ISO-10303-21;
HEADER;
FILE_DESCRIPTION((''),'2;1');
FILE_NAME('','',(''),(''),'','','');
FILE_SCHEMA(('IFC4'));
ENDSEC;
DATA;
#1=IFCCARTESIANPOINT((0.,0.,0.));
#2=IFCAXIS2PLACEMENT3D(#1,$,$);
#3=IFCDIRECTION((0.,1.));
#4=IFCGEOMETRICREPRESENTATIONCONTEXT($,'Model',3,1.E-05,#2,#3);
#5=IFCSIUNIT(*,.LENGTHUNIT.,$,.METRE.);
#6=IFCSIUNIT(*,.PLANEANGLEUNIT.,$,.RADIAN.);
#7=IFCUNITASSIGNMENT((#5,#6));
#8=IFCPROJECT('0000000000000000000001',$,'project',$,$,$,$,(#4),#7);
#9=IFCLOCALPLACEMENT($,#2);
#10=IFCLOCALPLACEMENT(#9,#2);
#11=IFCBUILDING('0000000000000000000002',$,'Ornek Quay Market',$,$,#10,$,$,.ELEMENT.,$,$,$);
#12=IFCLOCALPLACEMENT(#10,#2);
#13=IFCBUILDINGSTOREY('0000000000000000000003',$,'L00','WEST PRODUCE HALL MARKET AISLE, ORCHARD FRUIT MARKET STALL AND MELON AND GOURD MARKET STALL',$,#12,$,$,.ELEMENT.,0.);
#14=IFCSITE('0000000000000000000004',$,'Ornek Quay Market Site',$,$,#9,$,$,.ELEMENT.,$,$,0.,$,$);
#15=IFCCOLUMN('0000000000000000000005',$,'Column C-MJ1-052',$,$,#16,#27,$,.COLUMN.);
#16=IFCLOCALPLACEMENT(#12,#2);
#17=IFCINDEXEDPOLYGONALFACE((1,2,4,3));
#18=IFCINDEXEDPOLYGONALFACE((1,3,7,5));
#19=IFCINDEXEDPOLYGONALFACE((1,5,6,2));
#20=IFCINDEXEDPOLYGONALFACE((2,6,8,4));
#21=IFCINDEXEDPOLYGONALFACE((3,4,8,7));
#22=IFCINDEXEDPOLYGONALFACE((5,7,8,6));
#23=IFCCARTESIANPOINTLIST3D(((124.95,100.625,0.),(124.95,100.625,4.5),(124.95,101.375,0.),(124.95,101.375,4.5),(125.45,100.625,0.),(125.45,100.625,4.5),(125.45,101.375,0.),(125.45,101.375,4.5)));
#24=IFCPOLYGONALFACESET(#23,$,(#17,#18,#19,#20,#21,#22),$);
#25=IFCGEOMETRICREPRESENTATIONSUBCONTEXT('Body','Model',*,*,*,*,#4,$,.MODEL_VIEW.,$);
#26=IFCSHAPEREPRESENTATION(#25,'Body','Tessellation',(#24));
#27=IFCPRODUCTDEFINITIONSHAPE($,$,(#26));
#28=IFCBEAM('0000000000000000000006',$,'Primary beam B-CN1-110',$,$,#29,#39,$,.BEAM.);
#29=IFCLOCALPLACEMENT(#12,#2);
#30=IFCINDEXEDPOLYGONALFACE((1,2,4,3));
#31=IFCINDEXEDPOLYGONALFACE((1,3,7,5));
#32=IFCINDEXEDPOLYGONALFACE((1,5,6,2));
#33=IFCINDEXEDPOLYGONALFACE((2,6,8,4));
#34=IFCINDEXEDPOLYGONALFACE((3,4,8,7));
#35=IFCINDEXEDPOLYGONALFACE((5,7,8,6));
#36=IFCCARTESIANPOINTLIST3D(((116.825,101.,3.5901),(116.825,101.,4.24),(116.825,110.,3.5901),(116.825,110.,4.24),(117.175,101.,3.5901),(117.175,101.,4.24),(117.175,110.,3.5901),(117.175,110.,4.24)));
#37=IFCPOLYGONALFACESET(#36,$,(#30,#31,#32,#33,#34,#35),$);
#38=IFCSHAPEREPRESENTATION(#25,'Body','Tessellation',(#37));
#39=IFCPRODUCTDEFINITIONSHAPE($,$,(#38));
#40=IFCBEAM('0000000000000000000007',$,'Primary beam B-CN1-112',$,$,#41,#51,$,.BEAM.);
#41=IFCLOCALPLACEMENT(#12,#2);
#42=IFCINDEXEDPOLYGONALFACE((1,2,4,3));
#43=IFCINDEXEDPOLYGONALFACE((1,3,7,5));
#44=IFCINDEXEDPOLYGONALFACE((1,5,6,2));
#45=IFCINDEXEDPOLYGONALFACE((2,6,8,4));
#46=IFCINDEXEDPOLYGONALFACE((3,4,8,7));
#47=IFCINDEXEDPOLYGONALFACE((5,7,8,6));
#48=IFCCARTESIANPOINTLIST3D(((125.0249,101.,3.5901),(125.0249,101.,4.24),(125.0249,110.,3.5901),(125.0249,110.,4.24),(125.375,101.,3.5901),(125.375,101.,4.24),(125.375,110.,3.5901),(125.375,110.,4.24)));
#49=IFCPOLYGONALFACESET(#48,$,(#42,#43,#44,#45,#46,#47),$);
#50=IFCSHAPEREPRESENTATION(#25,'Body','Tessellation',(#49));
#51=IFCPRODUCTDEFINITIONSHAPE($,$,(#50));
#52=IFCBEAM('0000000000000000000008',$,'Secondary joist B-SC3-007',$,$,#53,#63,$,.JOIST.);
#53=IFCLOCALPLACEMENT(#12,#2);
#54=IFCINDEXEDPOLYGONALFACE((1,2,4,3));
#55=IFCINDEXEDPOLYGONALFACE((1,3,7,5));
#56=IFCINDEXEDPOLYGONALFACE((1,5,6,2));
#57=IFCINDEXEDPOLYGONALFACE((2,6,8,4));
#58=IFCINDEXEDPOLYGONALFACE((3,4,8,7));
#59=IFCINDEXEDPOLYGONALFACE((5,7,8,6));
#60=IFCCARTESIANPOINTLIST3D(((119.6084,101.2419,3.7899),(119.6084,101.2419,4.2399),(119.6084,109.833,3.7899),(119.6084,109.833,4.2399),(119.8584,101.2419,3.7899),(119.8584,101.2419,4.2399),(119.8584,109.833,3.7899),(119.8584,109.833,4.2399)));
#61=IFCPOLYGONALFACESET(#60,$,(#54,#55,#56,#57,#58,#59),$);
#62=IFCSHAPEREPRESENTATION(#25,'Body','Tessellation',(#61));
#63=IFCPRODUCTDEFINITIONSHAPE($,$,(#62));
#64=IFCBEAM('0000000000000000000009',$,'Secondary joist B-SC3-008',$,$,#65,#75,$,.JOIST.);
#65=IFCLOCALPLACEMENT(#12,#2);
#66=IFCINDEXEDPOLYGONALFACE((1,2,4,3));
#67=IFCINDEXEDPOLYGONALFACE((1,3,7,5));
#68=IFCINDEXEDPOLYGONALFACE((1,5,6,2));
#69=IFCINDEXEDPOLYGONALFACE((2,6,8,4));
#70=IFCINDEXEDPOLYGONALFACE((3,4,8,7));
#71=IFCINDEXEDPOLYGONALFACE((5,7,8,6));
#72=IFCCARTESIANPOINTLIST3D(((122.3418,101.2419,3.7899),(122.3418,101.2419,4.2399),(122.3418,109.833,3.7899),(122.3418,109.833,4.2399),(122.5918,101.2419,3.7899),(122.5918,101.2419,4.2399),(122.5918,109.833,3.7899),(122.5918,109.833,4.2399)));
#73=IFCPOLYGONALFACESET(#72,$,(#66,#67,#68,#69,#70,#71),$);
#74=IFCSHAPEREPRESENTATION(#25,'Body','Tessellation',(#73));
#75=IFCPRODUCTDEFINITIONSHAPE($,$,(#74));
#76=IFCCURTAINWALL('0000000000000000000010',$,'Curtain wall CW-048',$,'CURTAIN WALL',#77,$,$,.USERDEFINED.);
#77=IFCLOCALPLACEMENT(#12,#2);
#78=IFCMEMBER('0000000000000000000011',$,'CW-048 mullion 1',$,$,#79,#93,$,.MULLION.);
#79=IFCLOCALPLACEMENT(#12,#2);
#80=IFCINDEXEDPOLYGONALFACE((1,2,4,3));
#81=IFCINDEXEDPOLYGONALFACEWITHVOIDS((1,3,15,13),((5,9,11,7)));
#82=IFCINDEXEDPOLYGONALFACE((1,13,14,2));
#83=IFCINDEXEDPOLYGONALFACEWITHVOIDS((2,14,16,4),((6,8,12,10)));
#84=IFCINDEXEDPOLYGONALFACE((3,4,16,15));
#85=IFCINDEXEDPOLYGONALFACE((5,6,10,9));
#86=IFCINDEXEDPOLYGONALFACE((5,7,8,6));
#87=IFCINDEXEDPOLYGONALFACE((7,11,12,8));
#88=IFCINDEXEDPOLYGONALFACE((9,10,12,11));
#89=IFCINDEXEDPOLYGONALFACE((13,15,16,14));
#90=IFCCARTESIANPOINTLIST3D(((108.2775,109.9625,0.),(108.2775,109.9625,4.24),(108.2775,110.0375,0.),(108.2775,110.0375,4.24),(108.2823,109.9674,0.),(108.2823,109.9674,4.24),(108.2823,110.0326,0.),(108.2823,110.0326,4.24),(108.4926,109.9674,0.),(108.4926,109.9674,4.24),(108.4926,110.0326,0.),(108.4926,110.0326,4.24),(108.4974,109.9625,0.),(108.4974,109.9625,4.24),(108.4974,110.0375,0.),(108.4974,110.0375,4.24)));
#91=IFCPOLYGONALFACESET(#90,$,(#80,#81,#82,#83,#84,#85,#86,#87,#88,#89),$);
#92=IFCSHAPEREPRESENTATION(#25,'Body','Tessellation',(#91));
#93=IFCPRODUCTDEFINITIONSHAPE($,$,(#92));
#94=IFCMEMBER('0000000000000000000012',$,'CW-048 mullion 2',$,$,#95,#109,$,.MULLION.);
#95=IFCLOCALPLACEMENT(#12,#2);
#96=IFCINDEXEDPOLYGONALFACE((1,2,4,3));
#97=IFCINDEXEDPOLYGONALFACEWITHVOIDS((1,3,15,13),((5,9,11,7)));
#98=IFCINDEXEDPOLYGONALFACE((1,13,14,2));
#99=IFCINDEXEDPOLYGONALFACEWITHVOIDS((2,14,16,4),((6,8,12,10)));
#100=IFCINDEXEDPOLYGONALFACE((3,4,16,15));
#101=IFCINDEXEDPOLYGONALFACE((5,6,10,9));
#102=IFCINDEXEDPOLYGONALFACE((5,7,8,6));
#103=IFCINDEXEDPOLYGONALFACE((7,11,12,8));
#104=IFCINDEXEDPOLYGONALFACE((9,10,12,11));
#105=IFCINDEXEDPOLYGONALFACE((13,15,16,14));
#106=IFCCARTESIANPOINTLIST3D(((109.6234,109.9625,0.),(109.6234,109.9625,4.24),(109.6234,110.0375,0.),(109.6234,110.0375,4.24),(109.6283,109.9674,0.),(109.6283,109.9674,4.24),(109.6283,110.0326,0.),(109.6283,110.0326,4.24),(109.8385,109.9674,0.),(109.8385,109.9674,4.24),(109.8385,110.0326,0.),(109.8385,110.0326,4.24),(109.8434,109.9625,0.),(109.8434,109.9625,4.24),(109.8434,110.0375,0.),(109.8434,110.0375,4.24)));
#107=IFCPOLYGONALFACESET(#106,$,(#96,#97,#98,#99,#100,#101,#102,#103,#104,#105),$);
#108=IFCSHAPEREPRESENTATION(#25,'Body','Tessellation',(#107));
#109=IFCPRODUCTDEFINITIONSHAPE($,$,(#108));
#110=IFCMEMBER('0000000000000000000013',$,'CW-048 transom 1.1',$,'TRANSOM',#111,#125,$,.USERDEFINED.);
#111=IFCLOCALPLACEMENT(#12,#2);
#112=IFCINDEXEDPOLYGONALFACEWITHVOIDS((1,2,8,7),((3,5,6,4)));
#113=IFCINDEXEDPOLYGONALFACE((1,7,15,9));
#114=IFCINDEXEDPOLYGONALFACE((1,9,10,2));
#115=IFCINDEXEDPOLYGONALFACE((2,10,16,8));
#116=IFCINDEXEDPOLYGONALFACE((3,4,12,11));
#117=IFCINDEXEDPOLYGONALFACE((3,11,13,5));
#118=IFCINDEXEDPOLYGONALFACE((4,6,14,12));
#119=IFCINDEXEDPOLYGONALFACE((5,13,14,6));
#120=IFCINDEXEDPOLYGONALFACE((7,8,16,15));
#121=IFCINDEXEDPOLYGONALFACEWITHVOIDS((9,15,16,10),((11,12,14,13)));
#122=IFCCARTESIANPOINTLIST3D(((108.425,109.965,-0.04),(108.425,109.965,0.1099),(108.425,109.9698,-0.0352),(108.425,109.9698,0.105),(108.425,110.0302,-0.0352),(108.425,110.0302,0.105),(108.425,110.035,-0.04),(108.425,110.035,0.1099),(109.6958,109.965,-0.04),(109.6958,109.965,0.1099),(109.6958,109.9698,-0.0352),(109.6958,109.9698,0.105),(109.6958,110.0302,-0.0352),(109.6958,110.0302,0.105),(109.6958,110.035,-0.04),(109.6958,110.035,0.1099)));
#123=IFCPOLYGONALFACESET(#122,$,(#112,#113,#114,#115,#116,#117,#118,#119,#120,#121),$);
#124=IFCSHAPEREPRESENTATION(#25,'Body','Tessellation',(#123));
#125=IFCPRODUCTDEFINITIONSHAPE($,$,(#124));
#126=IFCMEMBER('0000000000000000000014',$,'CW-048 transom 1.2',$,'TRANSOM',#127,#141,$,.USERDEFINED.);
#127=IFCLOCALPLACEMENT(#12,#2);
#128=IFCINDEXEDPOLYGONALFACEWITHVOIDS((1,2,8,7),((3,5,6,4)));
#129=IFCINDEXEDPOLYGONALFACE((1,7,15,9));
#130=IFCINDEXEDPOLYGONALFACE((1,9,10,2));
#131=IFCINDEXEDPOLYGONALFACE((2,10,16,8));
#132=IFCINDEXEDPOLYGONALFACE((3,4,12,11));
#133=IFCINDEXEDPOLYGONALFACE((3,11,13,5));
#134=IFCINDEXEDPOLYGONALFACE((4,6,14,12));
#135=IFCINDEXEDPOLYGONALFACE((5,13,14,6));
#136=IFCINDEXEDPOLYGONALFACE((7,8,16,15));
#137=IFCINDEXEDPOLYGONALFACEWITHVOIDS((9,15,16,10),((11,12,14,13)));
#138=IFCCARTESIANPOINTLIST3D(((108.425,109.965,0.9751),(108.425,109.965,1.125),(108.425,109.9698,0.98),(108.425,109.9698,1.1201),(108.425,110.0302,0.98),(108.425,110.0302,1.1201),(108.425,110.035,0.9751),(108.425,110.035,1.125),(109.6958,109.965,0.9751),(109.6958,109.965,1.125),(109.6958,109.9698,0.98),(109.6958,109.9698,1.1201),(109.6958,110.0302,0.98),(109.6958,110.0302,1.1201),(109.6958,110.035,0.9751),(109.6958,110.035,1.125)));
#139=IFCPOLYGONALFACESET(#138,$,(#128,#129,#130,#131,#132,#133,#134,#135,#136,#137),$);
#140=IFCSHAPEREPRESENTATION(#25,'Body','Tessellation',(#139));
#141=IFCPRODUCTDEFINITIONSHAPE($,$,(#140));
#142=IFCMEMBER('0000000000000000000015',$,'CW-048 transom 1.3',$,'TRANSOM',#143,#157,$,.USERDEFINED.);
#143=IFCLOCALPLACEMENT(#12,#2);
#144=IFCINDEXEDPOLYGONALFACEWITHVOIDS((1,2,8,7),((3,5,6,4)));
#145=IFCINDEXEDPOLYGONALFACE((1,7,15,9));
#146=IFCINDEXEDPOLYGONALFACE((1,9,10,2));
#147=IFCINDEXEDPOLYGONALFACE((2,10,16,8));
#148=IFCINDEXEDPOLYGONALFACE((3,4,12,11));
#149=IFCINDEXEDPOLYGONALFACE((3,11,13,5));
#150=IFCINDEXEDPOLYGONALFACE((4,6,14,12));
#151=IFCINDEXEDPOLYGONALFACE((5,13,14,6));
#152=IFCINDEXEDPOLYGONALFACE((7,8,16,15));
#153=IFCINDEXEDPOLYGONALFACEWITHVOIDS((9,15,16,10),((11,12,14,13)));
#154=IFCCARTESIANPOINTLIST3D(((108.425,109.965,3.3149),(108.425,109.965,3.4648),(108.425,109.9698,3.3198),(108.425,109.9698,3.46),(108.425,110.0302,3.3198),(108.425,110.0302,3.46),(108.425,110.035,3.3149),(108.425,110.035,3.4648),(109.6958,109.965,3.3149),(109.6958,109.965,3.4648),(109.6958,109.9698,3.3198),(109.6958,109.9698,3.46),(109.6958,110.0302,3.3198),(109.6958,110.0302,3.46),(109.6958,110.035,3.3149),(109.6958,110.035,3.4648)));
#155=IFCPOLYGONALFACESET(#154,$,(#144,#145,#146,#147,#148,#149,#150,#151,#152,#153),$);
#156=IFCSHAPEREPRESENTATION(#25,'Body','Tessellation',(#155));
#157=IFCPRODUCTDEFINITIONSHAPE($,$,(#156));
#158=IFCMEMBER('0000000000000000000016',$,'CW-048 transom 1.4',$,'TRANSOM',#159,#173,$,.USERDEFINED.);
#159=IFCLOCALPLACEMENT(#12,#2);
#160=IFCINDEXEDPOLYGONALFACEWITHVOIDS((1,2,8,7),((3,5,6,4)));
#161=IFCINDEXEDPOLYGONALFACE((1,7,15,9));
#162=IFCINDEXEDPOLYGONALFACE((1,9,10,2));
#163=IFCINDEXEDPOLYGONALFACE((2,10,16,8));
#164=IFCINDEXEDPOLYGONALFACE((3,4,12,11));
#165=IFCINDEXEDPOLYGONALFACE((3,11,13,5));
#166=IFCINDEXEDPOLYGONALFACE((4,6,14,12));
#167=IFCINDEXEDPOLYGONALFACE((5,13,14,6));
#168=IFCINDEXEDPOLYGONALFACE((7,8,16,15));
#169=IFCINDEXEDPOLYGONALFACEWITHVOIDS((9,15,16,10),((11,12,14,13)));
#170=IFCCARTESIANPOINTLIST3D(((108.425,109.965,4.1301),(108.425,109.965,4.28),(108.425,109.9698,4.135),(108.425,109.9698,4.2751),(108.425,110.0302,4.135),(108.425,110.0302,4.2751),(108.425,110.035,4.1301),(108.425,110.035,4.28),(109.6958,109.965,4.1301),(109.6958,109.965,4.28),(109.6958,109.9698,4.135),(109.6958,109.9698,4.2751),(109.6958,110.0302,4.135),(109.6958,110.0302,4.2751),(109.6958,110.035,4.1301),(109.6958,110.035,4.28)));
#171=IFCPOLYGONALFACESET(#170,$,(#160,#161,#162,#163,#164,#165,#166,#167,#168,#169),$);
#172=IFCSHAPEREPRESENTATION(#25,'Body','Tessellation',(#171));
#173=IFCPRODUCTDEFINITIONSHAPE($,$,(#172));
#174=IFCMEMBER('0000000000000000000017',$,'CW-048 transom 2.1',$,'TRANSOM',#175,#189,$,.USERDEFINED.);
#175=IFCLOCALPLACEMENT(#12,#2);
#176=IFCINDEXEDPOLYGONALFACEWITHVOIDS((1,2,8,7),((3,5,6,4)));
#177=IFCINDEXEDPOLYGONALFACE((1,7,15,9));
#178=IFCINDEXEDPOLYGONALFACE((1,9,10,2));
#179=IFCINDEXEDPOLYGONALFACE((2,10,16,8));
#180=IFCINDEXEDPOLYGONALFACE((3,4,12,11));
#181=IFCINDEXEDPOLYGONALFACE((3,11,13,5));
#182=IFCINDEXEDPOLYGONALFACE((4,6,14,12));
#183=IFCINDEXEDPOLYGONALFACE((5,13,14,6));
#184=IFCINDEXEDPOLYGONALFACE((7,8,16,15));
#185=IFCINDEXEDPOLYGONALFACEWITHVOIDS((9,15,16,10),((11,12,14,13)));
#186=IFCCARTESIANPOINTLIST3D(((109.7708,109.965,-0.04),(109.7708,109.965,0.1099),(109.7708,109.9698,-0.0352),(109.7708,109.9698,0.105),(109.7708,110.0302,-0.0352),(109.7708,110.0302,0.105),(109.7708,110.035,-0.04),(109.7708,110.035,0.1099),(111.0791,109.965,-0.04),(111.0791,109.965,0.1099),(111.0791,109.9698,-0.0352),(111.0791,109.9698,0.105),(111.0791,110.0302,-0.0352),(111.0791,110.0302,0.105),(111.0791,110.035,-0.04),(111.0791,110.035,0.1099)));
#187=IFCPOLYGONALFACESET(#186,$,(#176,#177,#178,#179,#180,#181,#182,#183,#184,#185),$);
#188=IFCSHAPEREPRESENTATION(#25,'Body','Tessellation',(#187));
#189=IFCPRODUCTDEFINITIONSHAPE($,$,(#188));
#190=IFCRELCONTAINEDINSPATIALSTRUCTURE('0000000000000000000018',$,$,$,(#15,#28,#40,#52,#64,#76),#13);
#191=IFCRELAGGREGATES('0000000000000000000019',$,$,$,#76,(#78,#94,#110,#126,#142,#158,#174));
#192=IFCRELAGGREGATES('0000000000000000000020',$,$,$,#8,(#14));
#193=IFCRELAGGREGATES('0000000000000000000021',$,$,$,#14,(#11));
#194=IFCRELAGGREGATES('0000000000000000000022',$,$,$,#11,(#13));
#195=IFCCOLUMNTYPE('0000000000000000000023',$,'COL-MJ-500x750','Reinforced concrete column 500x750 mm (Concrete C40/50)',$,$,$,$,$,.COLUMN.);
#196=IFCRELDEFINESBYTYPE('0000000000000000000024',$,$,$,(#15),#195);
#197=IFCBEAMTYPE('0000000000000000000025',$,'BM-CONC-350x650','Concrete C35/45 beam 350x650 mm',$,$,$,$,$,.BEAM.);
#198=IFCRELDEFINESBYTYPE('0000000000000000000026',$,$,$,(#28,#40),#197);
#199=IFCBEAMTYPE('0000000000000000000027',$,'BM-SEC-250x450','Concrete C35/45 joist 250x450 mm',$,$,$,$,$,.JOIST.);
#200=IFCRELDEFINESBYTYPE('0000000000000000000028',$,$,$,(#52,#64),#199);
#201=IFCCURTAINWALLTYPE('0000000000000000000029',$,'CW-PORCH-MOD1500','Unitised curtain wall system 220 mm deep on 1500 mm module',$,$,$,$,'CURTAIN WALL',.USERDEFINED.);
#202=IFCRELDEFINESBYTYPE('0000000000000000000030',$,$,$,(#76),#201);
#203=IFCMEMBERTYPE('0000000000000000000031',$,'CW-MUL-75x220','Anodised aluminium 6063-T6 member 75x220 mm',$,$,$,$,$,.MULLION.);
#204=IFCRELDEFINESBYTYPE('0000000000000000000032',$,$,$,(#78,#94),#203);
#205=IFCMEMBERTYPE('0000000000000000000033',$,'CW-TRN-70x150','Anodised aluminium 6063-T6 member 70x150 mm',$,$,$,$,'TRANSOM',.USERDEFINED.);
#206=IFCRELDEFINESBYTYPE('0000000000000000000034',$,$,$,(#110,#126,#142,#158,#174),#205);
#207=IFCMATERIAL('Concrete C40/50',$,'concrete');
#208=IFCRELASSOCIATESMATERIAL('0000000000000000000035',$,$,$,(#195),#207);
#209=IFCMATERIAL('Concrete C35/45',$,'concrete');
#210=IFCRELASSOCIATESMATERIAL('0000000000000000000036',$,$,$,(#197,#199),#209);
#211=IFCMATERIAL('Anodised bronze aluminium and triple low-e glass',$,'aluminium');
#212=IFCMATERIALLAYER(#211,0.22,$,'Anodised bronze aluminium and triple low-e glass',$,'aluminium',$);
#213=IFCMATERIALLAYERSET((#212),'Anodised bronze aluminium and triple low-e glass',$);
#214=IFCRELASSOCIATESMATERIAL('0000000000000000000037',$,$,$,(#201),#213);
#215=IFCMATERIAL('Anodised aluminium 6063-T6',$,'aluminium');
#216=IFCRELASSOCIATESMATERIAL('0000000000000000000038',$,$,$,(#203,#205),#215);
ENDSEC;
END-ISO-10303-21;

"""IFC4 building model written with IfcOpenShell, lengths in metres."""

from ifc_helpers import new_model, si_unit, direction, frame, origin, origin_2d, place, context, subcontext, project, spatial, rectangle, hollow_rectangle, extrude, material, layer, layer_set, material_profile, profile_set, type_object, element, aggregate, save


model = new_model("IFC4")

# Units and contexts
model_context = context("Model", 3, precision=1e-05, world=origin(), true_north=direction((0.0, 1.0)))
body_context = subcontext(model_context, "Body", "Model", "MODEL_VIEW")
ifc_project = project(units=[si_unit("LENGTHUNIT", "METRE"), si_unit("PLANEANGLEUNIT", "RADIAN")], contexts=[model_context])

# Site, building, storey
site_placement = place(None, origin())
site = spatial("IfcSite", under=ifc_project, at=site_placement, Name="Ornek Quay Market Site", CompositionType="ELEMENT", RefElevation=0.0)
building_placement = place(site_placement, origin())
building = spatial("IfcBuilding", under=site, at=building_placement, Name="Ornek Quay Market", CompositionType="ELEMENT")
storey_placement = place(building_placement, origin())
storey = spatial("IfcBuildingStorey", under=building, at=storey_placement, Name="L00", Description="WEST PRODUCE HALL MARKET AISLE, ORCHARD FRUIT MARKET STALL AND MELON AND GOURD MARKET STALL", CompositionType="ELEMENT", Elevation=0.0)

# Column
ifc_material_1 = material(Name="Concrete C40/50", Category="concrete")
ifc_material_profile_1 = material_profile(ifc_material_1, rectangle(XDim=0.5, YDim=0.75, at=origin_2d()), Name="RC 500x750", Category="concrete")
ifc_profile_set_1 = profile_set([ifc_material_profile_1], Name="Concrete C40/50")
column_type = type_object("IfcColumnType", Name="COL-MJ-500x750", Description="Reinforced concrete column 500x750 mm (Concrete C40/50)", PredefinedType="COLUMN", material=ifc_profile_set_1)
column_placement = place(storey_placement, frame((125.2, 101.0, 0.0), z_axis=(0.0, 0.0, 1.0), x_axis=(1.0, 0.0, 0.0)))
element("IfcColumn", 1, at=column_placement, inside=storey, type_object=column_type, Name="Column C-MJ1-052", PredefinedType="COLUMN", context=body_context, shape_type="SweptSolid", body=[
    extrude(rectangle(XDim=0.5, YDim=0.75, at=origin_2d()), origin(), (0.0, 0.0, 1.0), 4.5),
])

# Beams
ifc_material_2 = material(Name="Concrete C35/45", Category="concrete")
ifc_material_profile_2 = material_profile(ifc_material_2, rectangle(XDim=0.3501, YDim=0.6499, at=origin_2d()), Name="RC 350x650", Category="concrete")
ifc_profile_set_2 = profile_set([ifc_material_profile_2], Name="Concrete C35/45")
beam_type_1 = type_object("IfcBeamType", Name="BM-CONC-350x650", Description="Concrete C35/45 beam 350x650 mm", PredefinedType="BEAM", material=ifc_profile_set_2)
for number, where, z_axis, x_axis, name in (
    (2, (117.0, 101.0, 3.915), (0.0, 1.0, 0.0), (-1.0, 0.0, 0.0), "Primary beam B-CN1-110"),
    (3, (125.2, 101.0, 3.915), (0.0, 1.0, 0.0), (-1.0, 0.0, 0.0), "Primary beam B-CN1-112"),
):
    element("IfcBeam", number, at=place(storey_placement, frame(where, z_axis=z_axis, x_axis=x_axis)), inside=storey, type_object=beam_type_1, Name=name, PredefinedType="BEAM", context=body_context, shape_type="SweptSolid", body=[
        extrude(rectangle(XDim=0.3501, YDim=0.6499, at=origin_2d()), origin(), (0.0, 0.0, 1.0), 9.0),
    ])
ifc_material_profile_3 = material_profile(ifc_material_2, rectangle(XDim=0.25, YDim=0.45, at=origin_2d()), Name="RC 250x450", Category="concrete")
ifc_profile_set_3 = profile_set([ifc_material_profile_3], Name="Concrete C35/45")
beam_type_2 = type_object("IfcBeamType", Name="BM-SEC-250x450", Description="Concrete C35/45 joist 250x450 mm", PredefinedType="JOIST", material=ifc_profile_set_3)
for number, where, z_axis, x_axis, name in (
    (4, (119.7334, 101.2419, 4.0149), (0.0, 1.0, 0.0), (-1.0, 0.0, 0.0), "Secondary joist B-SC3-007"),
    (5, (122.4668, 101.2419, 4.0149), (0.0, 1.0, 0.0), (-1.0, 0.0, 0.0), "Secondary joist B-SC3-008"),
):
    element("IfcBeam", number, at=place(storey_placement, frame(where, z_axis=z_axis, x_axis=x_axis)), inside=storey, type_object=beam_type_2, Name=name, PredefinedType="JOIST", context=body_context, shape_type="SweptSolid", body=[
        extrude(rectangle(XDim=0.25, YDim=0.45, at=origin_2d()), origin(), (0.0, 0.0, 1.0), 8.5911),
    ])

# Curtain wall, members
ifc_material_3 = material(Name="Anodised bronze aluminium and triple low-e glass", Category="aluminium")
ifc_layer_1 = layer(ifc_material_3, 0.22, Name="Anodised bronze aluminium and triple low-e glass", Category="aluminium")
ifc_layer_set_1 = layer_set([ifc_layer_1], Name="Anodised bronze aluminium and triple low-e glass")
curtain_wall_type = type_object("IfcCurtainWallType", Name="CW-PORCH-MOD1500", Description="Unitised curtain wall system 220 mm deep on 1500 mm module", ElementType="CURTAIN WALL", PredefinedType="USERDEFINED", material=ifc_layer_set_1)
curtain_wall_placement = place(storey_placement, origin())
curtain_wall = element("IfcCurtainWall", 6, at=curtain_wall_placement, inside=storey, type_object=curtain_wall_type, Name="Curtain wall CW-048", ObjectType="CURTAIN WALL", PredefinedType="USERDEFINED")
ifc_material_4 = material(Name="Anodised aluminium 6063-T6", Category="aluminium")
ifc_material_profile_4 = material_profile(ifc_material_4, hollow_rectangle(XDim=0.075, YDim=0.22, WallThickness=0.0049, at=origin_2d()), Name="CW-MUL-75x220", Category="aluminium")
ifc_profile_set_4 = profile_set([ifc_material_profile_4], Name="Anodised aluminium 6063-T6")
member_type_1 = type_object("IfcMemberType", Name="CW-MUL-75x220", Description="Anodised aluminium 6063-T6 member 75x220 mm", PredefinedType="MULLION", material=ifc_profile_set_4)
member_1_placement = place(storey_placement, frame((108.3875, 110.0, 0.0), z_axis=(0.0, 0.0, 1.0), x_axis=(0.0, 1.0, 0.0)))
member_1 = element("IfcMember", 7, at=member_1_placement, type_object=member_type_1, Name="CW-048 mullion 1", PredefinedType="MULLION", context=body_context, shape_type="SweptSolid", body=[
    extrude(hollow_rectangle(XDim=0.075, YDim=0.22, WallThickness=0.0049, at=origin_2d()), origin(), (0.0, 0.0, 1.0), 4.24),
])
member_2_placement = place(storey_placement, frame((109.7334, 110.0, 0.0), z_axis=(0.0, 0.0, 1.0), x_axis=(0.0, 1.0, 0.0)))
member_2 = element("IfcMember", 8, at=member_2_placement, type_object=member_type_1, Name="CW-048 mullion 2", PredefinedType="MULLION", context=body_context, shape_type="SweptSolid", body=[
    extrude(hollow_rectangle(XDim=0.075, YDim=0.22, WallThickness=0.0049, at=origin_2d()), origin(), (0.0, 0.0, 1.0), 4.24),
])
ifc_material_profile_5 = material_profile(ifc_material_4, hollow_rectangle(XDim=0.0701, YDim=0.1499, WallThickness=0.0049, at=origin_2d()), Name="CW-TRN-70x150", Category="aluminium")
ifc_profile_set_5 = profile_set([ifc_material_profile_5], Name="Anodised aluminium 6063-T6")
member_type_2 = type_object("IfcMemberType", Name="CW-TRN-70x150", Description="Anodised aluminium 6063-T6 member 70x150 mm", ElementType="TRANSOM", PredefinedType="USERDEFINED", material=ifc_profile_set_5)
member_3_placement = place(storey_placement, frame((108.425, 110.0, 0.0349), z_axis=(1.0, 0.0, 0.0), x_axis=(0.0, 1.0, 0.0)))
member_3 = element("IfcMember", 9, at=member_3_placement, type_object=member_type_2, Name="CW-048 transom 1.1", ObjectType="TRANSOM", PredefinedType="USERDEFINED", context=body_context, shape_type="SweptSolid", body=[
    extrude(hollow_rectangle(XDim=0.0701, YDim=0.1499, WallThickness=0.0049, at=origin_2d()), origin(), (0.0, 0.0, 1.0), 1.2708),
])
member_4_placement = place(storey_placement, frame((108.425, 110.0, 1.05), z_axis=(1.0, 0.0, 0.0), x_axis=(0.0, 1.0, 0.0)))
member_4 = element("IfcMember", 10, at=member_4_placement, type_object=member_type_2, Name="CW-048 transom 1.2", ObjectType="TRANSOM", PredefinedType="USERDEFINED", context=body_context, shape_type="SweptSolid", body=[
    extrude(hollow_rectangle(XDim=0.0701, YDim=0.1499, WallThickness=0.0049, at=origin_2d()), origin(), (0.0, 0.0, 1.0), 1.2708),
])
member_5_placement = place(storey_placement, frame((108.425, 110.0, 3.3899), z_axis=(1.0, 0.0, 0.0), x_axis=(0.0, 1.0, 0.0)))
member_5 = element("IfcMember", 11, at=member_5_placement, type_object=member_type_2, Name="CW-048 transom 1.3", ObjectType="TRANSOM", PredefinedType="USERDEFINED", context=body_context, shape_type="SweptSolid", body=[
    extrude(hollow_rectangle(XDim=0.0701, YDim=0.1499, WallThickness=0.0049, at=origin_2d()), origin(), (0.0, 0.0, 1.0), 1.2708),
])
member_6_placement = place(storey_placement, frame((108.425, 110.0, 4.2051), z_axis=(1.0, 0.0, 0.0), x_axis=(0.0, 1.0, 0.0)))
member_6 = element("IfcMember", 12, at=member_6_placement, type_object=member_type_2, Name="CW-048 transom 1.4", ObjectType="TRANSOM", PredefinedType="USERDEFINED", context=body_context, shape_type="SweptSolid", body=[
    extrude(hollow_rectangle(XDim=0.0701, YDim=0.1499, WallThickness=0.0049, at=origin_2d()), origin(), (0.0, 0.0, 1.0), 1.2708),
])
member_7_placement = place(storey_placement, frame((109.7708, 110.0, 0.0349), z_axis=(1.0, 0.0, 0.0), x_axis=(0.0, 1.0, 0.0)))
member_7 = element("IfcMember", 13, at=member_7_placement, type_object=member_type_2, Name="CW-048 transom 2.1", ObjectType="TRANSOM", PredefinedType="USERDEFINED", context=body_context, shape_type="SweptSolid", body=[
    extrude(hollow_rectangle(XDim=0.0701, YDim=0.1499, WallThickness=0.0049, at=origin_2d()), origin(), (0.0, 0.0, 1.0), 1.3083),
])
aggregate(curtain_wall, [member_1, member_2, member_3, member_4, member_5, member_6, member_7])

save(model, "model.ifc")
